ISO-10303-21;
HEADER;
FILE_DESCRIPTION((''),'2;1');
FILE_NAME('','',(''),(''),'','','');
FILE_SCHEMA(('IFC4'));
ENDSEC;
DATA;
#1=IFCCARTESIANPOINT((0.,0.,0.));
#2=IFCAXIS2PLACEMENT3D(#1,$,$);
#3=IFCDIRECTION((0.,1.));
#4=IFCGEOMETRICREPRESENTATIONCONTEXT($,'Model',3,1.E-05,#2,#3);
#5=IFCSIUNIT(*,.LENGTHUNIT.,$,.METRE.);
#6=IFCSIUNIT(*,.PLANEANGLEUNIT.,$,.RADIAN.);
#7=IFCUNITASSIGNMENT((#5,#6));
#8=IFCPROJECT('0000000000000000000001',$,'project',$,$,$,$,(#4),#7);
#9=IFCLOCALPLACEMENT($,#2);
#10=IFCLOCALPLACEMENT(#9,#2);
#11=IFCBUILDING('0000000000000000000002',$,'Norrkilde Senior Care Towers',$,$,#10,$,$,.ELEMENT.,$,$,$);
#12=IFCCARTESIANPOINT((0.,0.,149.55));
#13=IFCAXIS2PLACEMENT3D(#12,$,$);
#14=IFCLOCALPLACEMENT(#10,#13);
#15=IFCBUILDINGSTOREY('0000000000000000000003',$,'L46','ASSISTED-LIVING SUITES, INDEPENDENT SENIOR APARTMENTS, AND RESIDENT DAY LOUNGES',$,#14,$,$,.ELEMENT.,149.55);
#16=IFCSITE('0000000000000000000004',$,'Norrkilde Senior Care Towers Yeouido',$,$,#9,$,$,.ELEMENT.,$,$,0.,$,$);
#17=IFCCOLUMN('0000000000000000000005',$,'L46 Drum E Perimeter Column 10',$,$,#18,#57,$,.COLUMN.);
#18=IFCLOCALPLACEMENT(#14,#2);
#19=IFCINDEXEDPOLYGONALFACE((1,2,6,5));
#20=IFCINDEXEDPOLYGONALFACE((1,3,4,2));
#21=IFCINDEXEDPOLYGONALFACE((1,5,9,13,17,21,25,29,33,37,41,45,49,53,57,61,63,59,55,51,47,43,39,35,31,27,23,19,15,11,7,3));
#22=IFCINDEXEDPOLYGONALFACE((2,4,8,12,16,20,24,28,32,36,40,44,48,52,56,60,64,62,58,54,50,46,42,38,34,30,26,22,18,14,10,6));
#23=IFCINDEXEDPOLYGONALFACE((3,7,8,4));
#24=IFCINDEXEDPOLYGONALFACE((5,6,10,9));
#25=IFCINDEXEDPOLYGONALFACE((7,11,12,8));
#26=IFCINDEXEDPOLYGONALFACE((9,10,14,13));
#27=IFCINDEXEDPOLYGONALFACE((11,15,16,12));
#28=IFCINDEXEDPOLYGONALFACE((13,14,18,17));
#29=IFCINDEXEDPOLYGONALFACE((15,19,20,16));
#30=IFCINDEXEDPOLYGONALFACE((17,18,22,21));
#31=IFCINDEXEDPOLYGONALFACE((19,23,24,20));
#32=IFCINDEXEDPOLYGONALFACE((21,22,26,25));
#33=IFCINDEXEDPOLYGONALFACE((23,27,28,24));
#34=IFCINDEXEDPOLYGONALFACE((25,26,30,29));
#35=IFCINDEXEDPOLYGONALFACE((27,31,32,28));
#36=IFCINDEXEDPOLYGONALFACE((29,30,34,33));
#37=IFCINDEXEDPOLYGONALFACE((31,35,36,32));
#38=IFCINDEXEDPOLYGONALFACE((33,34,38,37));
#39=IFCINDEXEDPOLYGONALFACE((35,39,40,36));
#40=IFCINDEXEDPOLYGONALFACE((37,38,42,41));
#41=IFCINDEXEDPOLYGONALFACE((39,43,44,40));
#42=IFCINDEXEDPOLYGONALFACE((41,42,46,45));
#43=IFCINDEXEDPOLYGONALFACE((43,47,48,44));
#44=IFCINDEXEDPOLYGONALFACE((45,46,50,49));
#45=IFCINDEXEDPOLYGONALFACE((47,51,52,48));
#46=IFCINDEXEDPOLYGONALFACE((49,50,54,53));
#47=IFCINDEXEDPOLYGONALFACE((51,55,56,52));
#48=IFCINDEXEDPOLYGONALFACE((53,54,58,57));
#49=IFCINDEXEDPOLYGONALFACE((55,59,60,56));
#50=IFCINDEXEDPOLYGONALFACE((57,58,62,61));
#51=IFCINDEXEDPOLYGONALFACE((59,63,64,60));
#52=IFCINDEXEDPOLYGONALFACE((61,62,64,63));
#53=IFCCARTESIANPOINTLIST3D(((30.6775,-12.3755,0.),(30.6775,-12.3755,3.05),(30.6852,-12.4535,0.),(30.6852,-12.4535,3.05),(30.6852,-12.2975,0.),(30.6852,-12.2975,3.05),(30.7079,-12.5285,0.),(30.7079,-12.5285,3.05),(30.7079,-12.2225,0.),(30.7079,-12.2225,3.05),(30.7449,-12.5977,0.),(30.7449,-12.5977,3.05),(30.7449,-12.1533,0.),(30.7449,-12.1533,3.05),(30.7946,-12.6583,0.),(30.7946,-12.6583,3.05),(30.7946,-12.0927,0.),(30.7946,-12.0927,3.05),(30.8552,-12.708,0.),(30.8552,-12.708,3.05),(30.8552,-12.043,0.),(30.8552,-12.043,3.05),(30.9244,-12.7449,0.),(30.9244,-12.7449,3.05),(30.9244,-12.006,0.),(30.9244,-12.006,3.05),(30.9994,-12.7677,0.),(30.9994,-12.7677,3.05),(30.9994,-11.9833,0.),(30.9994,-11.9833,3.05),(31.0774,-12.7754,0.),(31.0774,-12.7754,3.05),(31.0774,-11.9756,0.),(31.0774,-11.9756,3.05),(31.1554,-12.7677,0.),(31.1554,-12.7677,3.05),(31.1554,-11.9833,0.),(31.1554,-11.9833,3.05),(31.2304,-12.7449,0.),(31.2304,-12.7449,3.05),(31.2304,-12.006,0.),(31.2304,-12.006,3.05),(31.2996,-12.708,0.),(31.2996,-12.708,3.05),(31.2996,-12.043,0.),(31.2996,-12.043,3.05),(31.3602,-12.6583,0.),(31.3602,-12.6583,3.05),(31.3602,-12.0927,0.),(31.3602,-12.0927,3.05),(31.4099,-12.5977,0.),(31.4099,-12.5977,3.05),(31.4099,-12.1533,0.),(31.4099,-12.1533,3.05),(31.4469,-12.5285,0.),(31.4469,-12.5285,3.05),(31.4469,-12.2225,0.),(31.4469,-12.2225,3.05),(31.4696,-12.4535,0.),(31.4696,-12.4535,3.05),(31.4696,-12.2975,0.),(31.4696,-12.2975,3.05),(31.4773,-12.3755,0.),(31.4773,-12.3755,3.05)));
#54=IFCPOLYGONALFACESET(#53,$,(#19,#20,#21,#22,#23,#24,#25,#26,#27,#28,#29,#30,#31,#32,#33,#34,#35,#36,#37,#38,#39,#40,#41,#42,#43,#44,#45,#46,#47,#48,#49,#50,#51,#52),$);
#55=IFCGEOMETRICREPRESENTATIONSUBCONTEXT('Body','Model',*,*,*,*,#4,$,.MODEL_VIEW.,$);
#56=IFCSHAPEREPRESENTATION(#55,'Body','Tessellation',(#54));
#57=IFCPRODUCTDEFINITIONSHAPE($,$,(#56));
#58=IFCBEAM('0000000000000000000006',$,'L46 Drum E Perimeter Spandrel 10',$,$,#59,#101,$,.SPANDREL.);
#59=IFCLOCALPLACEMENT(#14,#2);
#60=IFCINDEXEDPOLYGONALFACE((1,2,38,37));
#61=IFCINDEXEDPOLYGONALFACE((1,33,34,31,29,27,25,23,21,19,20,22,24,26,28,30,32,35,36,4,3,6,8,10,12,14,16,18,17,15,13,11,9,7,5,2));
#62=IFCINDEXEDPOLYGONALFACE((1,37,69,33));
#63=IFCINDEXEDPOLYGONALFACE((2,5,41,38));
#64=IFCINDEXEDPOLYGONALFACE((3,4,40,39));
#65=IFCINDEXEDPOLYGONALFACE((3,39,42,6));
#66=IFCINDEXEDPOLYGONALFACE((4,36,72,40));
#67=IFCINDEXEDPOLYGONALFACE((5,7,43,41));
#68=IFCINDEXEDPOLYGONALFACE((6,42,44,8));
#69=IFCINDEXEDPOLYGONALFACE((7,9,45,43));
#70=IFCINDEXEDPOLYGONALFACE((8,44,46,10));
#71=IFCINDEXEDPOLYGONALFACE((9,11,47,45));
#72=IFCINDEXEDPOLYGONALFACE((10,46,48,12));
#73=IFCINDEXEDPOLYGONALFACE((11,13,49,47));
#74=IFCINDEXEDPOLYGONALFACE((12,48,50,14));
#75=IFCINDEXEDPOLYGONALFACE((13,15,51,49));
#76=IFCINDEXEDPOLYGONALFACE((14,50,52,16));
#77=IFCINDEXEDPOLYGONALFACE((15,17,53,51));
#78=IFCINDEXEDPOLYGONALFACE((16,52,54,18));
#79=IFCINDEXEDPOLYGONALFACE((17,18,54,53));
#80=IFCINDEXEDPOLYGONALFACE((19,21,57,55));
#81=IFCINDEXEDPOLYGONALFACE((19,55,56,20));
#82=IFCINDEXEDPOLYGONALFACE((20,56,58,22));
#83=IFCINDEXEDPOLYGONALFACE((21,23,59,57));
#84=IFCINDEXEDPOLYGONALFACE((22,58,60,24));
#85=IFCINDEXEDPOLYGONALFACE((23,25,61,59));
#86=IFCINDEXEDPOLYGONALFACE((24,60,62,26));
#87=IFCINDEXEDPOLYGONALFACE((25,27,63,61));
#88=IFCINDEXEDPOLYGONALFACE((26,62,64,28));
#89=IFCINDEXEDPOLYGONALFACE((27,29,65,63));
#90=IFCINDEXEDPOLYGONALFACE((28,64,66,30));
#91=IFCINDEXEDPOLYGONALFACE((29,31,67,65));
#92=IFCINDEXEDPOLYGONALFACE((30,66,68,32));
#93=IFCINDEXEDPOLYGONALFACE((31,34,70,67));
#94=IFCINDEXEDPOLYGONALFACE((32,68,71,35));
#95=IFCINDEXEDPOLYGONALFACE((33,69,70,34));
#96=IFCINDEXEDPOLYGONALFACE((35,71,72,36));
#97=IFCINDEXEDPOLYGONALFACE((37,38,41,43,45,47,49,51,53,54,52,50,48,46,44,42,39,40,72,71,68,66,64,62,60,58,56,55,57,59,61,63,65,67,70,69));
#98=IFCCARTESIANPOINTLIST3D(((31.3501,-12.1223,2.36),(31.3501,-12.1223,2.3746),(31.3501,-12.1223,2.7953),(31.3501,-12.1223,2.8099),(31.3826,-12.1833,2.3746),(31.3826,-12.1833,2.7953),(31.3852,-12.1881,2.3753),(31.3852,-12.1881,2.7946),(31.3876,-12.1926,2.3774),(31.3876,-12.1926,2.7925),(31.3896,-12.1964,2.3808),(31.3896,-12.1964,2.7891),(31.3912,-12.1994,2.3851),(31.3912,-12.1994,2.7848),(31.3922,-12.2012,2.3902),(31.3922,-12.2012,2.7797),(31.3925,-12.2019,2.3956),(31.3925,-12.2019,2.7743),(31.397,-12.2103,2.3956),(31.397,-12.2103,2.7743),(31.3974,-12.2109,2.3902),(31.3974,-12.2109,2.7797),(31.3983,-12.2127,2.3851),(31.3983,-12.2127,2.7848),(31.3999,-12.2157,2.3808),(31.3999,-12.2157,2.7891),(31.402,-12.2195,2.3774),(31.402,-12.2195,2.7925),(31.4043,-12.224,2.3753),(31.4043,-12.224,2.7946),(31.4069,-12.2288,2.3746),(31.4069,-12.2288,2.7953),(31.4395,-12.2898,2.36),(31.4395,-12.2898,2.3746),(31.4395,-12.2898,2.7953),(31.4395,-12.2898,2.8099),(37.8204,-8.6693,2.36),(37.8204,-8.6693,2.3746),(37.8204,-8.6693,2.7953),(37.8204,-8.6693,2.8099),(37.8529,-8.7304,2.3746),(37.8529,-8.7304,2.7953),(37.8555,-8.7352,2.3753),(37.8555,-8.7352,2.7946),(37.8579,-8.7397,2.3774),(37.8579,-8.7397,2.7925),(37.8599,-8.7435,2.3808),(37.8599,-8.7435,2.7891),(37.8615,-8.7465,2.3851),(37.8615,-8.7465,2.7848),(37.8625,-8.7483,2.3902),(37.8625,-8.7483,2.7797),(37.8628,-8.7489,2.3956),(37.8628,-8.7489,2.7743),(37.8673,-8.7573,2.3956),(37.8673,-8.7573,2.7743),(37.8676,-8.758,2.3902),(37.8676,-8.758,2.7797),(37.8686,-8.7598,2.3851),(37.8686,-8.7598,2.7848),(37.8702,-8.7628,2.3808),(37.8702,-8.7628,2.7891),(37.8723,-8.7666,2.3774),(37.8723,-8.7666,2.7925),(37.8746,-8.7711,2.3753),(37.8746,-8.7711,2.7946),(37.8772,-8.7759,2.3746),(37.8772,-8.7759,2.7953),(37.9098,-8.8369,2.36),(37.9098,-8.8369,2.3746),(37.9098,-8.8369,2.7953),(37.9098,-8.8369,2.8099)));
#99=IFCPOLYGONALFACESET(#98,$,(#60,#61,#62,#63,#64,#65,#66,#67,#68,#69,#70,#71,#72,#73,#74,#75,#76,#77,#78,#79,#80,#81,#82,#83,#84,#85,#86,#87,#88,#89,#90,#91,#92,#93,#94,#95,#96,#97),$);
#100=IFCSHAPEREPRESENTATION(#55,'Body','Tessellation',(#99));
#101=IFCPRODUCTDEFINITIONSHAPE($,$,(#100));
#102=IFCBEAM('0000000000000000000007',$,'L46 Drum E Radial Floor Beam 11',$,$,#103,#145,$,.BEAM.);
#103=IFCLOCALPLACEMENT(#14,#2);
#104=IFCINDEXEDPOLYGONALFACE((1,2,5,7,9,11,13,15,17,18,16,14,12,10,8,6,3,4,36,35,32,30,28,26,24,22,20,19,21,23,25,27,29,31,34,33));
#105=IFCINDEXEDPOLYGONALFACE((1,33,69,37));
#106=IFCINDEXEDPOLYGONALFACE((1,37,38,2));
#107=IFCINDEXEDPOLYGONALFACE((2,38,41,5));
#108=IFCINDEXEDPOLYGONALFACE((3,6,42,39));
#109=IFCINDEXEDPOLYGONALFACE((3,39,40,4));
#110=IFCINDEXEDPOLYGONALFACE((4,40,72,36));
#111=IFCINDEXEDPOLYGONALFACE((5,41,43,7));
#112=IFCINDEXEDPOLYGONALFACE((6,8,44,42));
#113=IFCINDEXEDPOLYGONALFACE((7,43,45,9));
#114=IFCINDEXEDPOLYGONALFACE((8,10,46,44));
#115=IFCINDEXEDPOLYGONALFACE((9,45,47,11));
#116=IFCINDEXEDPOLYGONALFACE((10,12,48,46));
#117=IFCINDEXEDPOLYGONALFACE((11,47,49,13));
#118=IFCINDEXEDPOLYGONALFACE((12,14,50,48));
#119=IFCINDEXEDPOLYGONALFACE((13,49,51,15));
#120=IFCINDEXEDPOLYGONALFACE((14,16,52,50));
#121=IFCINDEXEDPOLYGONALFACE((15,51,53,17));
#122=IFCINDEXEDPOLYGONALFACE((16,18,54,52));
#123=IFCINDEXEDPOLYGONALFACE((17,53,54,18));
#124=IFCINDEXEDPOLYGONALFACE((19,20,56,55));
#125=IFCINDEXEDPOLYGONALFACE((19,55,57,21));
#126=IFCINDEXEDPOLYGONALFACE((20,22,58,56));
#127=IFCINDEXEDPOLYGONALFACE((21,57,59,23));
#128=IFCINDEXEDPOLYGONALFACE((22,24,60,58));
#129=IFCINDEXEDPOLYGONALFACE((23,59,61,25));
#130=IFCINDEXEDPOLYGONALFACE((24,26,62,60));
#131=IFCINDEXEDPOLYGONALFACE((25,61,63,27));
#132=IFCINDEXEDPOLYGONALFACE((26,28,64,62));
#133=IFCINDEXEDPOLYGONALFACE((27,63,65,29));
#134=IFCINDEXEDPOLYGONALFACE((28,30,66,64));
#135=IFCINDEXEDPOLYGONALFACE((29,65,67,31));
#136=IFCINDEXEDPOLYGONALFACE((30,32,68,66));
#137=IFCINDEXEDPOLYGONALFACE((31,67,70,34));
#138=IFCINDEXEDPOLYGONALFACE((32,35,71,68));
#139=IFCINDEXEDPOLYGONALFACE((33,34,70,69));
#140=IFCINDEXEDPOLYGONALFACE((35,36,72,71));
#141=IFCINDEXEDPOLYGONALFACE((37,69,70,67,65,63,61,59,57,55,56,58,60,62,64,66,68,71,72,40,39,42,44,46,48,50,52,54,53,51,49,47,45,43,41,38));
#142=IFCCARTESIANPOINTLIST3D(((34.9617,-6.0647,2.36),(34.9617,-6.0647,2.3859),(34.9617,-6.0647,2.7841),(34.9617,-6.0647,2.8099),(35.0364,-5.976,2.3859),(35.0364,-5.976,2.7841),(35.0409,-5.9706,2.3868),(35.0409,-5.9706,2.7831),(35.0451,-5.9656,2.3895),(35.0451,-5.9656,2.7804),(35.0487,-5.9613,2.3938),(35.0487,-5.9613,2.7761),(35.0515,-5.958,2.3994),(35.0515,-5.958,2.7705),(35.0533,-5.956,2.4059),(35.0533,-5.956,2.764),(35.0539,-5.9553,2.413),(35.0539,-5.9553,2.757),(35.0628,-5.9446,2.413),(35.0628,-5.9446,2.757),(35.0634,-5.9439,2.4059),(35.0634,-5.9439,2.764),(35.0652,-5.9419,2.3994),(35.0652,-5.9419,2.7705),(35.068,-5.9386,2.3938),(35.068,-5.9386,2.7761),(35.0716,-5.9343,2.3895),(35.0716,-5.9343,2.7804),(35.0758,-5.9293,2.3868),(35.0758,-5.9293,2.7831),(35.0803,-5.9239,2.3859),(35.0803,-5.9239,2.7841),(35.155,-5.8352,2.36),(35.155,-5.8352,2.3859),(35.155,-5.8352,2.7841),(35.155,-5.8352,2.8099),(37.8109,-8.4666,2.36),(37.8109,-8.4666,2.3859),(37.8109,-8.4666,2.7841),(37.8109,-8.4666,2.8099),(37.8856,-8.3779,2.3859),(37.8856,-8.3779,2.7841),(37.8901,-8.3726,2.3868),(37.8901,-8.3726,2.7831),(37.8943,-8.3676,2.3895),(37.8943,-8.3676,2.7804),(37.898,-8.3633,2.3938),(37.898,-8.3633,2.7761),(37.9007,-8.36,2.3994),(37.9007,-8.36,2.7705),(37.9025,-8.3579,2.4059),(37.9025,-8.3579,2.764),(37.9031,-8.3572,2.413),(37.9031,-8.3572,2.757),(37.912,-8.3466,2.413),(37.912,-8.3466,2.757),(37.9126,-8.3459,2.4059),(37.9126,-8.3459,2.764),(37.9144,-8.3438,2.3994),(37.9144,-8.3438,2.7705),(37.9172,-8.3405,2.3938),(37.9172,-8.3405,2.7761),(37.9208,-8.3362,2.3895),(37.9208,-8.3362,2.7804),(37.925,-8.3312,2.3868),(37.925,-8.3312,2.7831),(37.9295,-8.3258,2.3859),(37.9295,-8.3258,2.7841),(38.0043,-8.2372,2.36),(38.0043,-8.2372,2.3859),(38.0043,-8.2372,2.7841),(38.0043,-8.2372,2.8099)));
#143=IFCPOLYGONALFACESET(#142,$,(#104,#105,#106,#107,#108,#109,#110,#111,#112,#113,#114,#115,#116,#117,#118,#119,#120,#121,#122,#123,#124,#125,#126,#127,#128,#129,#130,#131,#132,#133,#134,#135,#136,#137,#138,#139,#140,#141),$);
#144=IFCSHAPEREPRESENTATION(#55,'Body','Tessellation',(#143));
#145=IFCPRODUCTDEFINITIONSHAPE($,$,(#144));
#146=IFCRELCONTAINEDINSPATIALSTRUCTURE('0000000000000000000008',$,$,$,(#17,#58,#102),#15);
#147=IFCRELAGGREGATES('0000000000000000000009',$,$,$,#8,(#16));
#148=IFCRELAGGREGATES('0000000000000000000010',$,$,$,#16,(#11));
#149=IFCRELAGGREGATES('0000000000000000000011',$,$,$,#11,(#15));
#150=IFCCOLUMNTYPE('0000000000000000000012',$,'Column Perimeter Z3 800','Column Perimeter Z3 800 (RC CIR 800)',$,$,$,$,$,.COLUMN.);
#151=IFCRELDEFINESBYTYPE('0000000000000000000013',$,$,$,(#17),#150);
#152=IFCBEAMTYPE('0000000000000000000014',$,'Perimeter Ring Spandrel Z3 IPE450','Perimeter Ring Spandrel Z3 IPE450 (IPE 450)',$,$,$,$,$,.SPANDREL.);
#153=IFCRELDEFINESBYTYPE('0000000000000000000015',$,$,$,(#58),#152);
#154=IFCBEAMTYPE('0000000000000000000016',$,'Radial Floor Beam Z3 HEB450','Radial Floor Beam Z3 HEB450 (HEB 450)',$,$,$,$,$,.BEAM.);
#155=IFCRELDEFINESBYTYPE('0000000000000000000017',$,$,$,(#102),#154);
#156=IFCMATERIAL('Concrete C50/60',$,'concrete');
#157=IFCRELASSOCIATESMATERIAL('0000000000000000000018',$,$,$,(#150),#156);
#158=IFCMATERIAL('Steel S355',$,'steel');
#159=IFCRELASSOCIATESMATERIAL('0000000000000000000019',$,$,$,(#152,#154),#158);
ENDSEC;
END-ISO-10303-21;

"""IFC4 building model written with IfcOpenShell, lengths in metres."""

from ifc_helpers import new_model, si_unit, direction, frame, origin, origin_2d, place, context, subcontext, project, spatial, circle, i_section, extrude, source, transform, mapped, material, material_profile, profile_set, type_object, type_shapes, element, save


model = new_model("IFC4")

# Units and contexts
model_context = context("Model", 3, precision=1e-05, world=origin(), true_north=direction((0.0, 1.0)))
body_context = subcontext(model_context, "Body", "Model", "MODEL_VIEW")
ifc_project = project(units=[si_unit("LENGTHUNIT", "METRE"), si_unit("PLANEANGLEUNIT", "RADIAN")], contexts=[model_context])

# Site, building, storey
site_placement = place(None, origin())
site = spatial("IfcSite", under=ifc_project, at=site_placement, Name="Norrkilde Senior Care Towers Yeouido", CompositionType="ELEMENT", RefElevation=0.0)
building_placement = place(site_placement, origin())
building = spatial("IfcBuilding", under=site, at=building_placement, Name="Norrkilde Senior Care Towers", CompositionType="ELEMENT")
storey_placement = place(building_placement, frame((0.0, 0.0, 149.55)))
storey = spatial("IfcBuildingStorey", under=building, at=storey_placement, Name="L46", Description="ASSISTED-LIVING SUITES, INDEPENDENT SENIOR APARTMENTS, AND RESIDENT DAY LOUNGES", CompositionType="ELEMENT", Elevation=149.55)

# Column
ifc_material_1 = material(Name="Concrete C50/60", Category="concrete")
ifc_material_profile_1 = material_profile(ifc_material_1, circle(Radius=0.3999, at=origin_2d()), Name="RC CIR 800")
ifc_profile_set_1 = profile_set([ifc_material_profile_1], Name="Concrete C50/60")
column_type = type_object("IfcColumnType", Name="Column Perimeter Z3 800", Description="Column Perimeter Z3 800 (RC CIR 800)", PredefinedType="COLUMN", material=ifc_profile_set_1)
shared_shape_1 = source(origin(), body_context, "Body", "SweptSolid", [
    extrude(circle(Radius=0.3999, at=origin_2d()), origin(), (0.0, 0.0, 1.0), 3.05),
])
type_shapes(column_type, [shared_shape_1])
column_placement = place(storey_placement, frame((31.0774, -12.3755, 0.0), z_axis=(0.0, 0.0, 1.0), x_axis=(1.0, 0.0, 0.0)))
element("IfcColumn", 1, at=column_placement, inside=storey, type_object=column_type, Name="L46 Drum E Perimeter Column 10", PredefinedType="COLUMN", context=body_context, shape_type="MappedRepresentation", body=[
    mapped(shared_shape_1, transform((0.0, 0.0, 0.0), x_axis=(1.0, 0.0, 0.0), y_axis=(0.0, 1.0, 0.0), z_axis=(0.0, 0.0, 1.0), scale=1.0)),
])

# Beams
ifc_material_2 = material(Name="Steel S355", Category="steel")
ifc_material_profile_2 = material_profile(ifc_material_2, i_section(OverallWidth=0.1899, OverallDepth=0.45, WebThickness=0.0095, FlangeThickness=0.0146, FilletRadius=0.021, at=origin_2d()), Name="IPE 450")
ifc_profile_set_2 = profile_set([ifc_material_profile_2], Name="Steel S355")
beam_type_1 = type_object("IfcBeamType", Name="Perimeter Ring Spandrel Z3 IPE450", Description="Perimeter Ring Spandrel Z3 IPE450 (IPE 450)", PredefinedType="SPANDREL", material=ifc_profile_set_2)
shared_shape_2 = source(origin(), body_context, "Body", "SweptSolid", [
    extrude(i_section(OverallWidth=0.1899, OverallDepth=0.45, WebThickness=0.0095, FlangeThickness=0.0146, FilletRadius=0.021, at=origin_2d()), origin(), (0.0, 0.0, 1.0), 7.334),
])
type_shapes(beam_type_1, [shared_shape_2])
beam_1_placement = place(storey_placement, frame((31.3948, -12.2061, 2.585), z_axis=(0.882234, 0.470811, 0.0), x_axis=(-0.470811, 0.882234, 0.0)))
element("IfcBeam", 2, at=beam_1_placement, inside=storey, type_object=beam_type_1, Name="L46 Drum E Perimeter Spandrel 10", PredefinedType="SPANDREL", context=body_context, shape_type="MappedRepresentation", body=[
    mapped(shared_shape_2, transform((0.0, 0.0, 0.0), x_axis=(1.0, 0.0, 0.0), y_axis=(0.0, 1.0, 0.0), z_axis=(0.0, 0.0, 1.0), scale=1.0)),
])
ifc_material_profile_3 = material_profile(ifc_material_2, i_section(OverallWidth=0.3, OverallDepth=0.45, WebThickness=0.0139, FlangeThickness=0.0259, FilletRadius=0.0271, at=origin_2d()), Name="HEB 450")
ifc_profile_set_3 = profile_set([ifc_material_profile_3], Name="Steel S355")
beam_type_2 = type_object("IfcBeamType", Name="Radial Floor Beam Z3 HEB450", Description="Radial Floor Beam Z3 HEB450 (HEB 450)", PredefinedType="BEAM", material=ifc_profile_set_3)
shared_shape_3 = source(origin(), body_context, "Body", "SweptSolid", [
    extrude(i_section(OverallWidth=0.3, OverallDepth=0.45, WebThickness=0.0139, FlangeThickness=0.0259, FilletRadius=0.0271, at=origin_2d()), origin(), (0.0, 0.0, 1.0), 3.7266),
])
beam_2_placement = place(storey_placement, frame((35.0583, -5.95, 2.585), z_axis=(0.764568, -0.644543, 0.0), x_axis=(0.644543, 0.764568, 0.0)))
element("IfcBeam", 3, at=beam_2_placement, inside=storey, type_object=beam_type_2, Name="L46 Drum E Radial Floor Beam 11", PredefinedType="BEAM", context=body_context, shape_type="MappedRepresentation", body=[
    mapped(shared_shape_3, transform((0.0, 0.0, 0.0), x_axis=(1.0, 0.0, 0.0), y_axis=(0.0, 1.0, 0.0), z_axis=(0.0, 0.0, 1.0), scale=1.0)),
])

save(model, "model.ifc")
